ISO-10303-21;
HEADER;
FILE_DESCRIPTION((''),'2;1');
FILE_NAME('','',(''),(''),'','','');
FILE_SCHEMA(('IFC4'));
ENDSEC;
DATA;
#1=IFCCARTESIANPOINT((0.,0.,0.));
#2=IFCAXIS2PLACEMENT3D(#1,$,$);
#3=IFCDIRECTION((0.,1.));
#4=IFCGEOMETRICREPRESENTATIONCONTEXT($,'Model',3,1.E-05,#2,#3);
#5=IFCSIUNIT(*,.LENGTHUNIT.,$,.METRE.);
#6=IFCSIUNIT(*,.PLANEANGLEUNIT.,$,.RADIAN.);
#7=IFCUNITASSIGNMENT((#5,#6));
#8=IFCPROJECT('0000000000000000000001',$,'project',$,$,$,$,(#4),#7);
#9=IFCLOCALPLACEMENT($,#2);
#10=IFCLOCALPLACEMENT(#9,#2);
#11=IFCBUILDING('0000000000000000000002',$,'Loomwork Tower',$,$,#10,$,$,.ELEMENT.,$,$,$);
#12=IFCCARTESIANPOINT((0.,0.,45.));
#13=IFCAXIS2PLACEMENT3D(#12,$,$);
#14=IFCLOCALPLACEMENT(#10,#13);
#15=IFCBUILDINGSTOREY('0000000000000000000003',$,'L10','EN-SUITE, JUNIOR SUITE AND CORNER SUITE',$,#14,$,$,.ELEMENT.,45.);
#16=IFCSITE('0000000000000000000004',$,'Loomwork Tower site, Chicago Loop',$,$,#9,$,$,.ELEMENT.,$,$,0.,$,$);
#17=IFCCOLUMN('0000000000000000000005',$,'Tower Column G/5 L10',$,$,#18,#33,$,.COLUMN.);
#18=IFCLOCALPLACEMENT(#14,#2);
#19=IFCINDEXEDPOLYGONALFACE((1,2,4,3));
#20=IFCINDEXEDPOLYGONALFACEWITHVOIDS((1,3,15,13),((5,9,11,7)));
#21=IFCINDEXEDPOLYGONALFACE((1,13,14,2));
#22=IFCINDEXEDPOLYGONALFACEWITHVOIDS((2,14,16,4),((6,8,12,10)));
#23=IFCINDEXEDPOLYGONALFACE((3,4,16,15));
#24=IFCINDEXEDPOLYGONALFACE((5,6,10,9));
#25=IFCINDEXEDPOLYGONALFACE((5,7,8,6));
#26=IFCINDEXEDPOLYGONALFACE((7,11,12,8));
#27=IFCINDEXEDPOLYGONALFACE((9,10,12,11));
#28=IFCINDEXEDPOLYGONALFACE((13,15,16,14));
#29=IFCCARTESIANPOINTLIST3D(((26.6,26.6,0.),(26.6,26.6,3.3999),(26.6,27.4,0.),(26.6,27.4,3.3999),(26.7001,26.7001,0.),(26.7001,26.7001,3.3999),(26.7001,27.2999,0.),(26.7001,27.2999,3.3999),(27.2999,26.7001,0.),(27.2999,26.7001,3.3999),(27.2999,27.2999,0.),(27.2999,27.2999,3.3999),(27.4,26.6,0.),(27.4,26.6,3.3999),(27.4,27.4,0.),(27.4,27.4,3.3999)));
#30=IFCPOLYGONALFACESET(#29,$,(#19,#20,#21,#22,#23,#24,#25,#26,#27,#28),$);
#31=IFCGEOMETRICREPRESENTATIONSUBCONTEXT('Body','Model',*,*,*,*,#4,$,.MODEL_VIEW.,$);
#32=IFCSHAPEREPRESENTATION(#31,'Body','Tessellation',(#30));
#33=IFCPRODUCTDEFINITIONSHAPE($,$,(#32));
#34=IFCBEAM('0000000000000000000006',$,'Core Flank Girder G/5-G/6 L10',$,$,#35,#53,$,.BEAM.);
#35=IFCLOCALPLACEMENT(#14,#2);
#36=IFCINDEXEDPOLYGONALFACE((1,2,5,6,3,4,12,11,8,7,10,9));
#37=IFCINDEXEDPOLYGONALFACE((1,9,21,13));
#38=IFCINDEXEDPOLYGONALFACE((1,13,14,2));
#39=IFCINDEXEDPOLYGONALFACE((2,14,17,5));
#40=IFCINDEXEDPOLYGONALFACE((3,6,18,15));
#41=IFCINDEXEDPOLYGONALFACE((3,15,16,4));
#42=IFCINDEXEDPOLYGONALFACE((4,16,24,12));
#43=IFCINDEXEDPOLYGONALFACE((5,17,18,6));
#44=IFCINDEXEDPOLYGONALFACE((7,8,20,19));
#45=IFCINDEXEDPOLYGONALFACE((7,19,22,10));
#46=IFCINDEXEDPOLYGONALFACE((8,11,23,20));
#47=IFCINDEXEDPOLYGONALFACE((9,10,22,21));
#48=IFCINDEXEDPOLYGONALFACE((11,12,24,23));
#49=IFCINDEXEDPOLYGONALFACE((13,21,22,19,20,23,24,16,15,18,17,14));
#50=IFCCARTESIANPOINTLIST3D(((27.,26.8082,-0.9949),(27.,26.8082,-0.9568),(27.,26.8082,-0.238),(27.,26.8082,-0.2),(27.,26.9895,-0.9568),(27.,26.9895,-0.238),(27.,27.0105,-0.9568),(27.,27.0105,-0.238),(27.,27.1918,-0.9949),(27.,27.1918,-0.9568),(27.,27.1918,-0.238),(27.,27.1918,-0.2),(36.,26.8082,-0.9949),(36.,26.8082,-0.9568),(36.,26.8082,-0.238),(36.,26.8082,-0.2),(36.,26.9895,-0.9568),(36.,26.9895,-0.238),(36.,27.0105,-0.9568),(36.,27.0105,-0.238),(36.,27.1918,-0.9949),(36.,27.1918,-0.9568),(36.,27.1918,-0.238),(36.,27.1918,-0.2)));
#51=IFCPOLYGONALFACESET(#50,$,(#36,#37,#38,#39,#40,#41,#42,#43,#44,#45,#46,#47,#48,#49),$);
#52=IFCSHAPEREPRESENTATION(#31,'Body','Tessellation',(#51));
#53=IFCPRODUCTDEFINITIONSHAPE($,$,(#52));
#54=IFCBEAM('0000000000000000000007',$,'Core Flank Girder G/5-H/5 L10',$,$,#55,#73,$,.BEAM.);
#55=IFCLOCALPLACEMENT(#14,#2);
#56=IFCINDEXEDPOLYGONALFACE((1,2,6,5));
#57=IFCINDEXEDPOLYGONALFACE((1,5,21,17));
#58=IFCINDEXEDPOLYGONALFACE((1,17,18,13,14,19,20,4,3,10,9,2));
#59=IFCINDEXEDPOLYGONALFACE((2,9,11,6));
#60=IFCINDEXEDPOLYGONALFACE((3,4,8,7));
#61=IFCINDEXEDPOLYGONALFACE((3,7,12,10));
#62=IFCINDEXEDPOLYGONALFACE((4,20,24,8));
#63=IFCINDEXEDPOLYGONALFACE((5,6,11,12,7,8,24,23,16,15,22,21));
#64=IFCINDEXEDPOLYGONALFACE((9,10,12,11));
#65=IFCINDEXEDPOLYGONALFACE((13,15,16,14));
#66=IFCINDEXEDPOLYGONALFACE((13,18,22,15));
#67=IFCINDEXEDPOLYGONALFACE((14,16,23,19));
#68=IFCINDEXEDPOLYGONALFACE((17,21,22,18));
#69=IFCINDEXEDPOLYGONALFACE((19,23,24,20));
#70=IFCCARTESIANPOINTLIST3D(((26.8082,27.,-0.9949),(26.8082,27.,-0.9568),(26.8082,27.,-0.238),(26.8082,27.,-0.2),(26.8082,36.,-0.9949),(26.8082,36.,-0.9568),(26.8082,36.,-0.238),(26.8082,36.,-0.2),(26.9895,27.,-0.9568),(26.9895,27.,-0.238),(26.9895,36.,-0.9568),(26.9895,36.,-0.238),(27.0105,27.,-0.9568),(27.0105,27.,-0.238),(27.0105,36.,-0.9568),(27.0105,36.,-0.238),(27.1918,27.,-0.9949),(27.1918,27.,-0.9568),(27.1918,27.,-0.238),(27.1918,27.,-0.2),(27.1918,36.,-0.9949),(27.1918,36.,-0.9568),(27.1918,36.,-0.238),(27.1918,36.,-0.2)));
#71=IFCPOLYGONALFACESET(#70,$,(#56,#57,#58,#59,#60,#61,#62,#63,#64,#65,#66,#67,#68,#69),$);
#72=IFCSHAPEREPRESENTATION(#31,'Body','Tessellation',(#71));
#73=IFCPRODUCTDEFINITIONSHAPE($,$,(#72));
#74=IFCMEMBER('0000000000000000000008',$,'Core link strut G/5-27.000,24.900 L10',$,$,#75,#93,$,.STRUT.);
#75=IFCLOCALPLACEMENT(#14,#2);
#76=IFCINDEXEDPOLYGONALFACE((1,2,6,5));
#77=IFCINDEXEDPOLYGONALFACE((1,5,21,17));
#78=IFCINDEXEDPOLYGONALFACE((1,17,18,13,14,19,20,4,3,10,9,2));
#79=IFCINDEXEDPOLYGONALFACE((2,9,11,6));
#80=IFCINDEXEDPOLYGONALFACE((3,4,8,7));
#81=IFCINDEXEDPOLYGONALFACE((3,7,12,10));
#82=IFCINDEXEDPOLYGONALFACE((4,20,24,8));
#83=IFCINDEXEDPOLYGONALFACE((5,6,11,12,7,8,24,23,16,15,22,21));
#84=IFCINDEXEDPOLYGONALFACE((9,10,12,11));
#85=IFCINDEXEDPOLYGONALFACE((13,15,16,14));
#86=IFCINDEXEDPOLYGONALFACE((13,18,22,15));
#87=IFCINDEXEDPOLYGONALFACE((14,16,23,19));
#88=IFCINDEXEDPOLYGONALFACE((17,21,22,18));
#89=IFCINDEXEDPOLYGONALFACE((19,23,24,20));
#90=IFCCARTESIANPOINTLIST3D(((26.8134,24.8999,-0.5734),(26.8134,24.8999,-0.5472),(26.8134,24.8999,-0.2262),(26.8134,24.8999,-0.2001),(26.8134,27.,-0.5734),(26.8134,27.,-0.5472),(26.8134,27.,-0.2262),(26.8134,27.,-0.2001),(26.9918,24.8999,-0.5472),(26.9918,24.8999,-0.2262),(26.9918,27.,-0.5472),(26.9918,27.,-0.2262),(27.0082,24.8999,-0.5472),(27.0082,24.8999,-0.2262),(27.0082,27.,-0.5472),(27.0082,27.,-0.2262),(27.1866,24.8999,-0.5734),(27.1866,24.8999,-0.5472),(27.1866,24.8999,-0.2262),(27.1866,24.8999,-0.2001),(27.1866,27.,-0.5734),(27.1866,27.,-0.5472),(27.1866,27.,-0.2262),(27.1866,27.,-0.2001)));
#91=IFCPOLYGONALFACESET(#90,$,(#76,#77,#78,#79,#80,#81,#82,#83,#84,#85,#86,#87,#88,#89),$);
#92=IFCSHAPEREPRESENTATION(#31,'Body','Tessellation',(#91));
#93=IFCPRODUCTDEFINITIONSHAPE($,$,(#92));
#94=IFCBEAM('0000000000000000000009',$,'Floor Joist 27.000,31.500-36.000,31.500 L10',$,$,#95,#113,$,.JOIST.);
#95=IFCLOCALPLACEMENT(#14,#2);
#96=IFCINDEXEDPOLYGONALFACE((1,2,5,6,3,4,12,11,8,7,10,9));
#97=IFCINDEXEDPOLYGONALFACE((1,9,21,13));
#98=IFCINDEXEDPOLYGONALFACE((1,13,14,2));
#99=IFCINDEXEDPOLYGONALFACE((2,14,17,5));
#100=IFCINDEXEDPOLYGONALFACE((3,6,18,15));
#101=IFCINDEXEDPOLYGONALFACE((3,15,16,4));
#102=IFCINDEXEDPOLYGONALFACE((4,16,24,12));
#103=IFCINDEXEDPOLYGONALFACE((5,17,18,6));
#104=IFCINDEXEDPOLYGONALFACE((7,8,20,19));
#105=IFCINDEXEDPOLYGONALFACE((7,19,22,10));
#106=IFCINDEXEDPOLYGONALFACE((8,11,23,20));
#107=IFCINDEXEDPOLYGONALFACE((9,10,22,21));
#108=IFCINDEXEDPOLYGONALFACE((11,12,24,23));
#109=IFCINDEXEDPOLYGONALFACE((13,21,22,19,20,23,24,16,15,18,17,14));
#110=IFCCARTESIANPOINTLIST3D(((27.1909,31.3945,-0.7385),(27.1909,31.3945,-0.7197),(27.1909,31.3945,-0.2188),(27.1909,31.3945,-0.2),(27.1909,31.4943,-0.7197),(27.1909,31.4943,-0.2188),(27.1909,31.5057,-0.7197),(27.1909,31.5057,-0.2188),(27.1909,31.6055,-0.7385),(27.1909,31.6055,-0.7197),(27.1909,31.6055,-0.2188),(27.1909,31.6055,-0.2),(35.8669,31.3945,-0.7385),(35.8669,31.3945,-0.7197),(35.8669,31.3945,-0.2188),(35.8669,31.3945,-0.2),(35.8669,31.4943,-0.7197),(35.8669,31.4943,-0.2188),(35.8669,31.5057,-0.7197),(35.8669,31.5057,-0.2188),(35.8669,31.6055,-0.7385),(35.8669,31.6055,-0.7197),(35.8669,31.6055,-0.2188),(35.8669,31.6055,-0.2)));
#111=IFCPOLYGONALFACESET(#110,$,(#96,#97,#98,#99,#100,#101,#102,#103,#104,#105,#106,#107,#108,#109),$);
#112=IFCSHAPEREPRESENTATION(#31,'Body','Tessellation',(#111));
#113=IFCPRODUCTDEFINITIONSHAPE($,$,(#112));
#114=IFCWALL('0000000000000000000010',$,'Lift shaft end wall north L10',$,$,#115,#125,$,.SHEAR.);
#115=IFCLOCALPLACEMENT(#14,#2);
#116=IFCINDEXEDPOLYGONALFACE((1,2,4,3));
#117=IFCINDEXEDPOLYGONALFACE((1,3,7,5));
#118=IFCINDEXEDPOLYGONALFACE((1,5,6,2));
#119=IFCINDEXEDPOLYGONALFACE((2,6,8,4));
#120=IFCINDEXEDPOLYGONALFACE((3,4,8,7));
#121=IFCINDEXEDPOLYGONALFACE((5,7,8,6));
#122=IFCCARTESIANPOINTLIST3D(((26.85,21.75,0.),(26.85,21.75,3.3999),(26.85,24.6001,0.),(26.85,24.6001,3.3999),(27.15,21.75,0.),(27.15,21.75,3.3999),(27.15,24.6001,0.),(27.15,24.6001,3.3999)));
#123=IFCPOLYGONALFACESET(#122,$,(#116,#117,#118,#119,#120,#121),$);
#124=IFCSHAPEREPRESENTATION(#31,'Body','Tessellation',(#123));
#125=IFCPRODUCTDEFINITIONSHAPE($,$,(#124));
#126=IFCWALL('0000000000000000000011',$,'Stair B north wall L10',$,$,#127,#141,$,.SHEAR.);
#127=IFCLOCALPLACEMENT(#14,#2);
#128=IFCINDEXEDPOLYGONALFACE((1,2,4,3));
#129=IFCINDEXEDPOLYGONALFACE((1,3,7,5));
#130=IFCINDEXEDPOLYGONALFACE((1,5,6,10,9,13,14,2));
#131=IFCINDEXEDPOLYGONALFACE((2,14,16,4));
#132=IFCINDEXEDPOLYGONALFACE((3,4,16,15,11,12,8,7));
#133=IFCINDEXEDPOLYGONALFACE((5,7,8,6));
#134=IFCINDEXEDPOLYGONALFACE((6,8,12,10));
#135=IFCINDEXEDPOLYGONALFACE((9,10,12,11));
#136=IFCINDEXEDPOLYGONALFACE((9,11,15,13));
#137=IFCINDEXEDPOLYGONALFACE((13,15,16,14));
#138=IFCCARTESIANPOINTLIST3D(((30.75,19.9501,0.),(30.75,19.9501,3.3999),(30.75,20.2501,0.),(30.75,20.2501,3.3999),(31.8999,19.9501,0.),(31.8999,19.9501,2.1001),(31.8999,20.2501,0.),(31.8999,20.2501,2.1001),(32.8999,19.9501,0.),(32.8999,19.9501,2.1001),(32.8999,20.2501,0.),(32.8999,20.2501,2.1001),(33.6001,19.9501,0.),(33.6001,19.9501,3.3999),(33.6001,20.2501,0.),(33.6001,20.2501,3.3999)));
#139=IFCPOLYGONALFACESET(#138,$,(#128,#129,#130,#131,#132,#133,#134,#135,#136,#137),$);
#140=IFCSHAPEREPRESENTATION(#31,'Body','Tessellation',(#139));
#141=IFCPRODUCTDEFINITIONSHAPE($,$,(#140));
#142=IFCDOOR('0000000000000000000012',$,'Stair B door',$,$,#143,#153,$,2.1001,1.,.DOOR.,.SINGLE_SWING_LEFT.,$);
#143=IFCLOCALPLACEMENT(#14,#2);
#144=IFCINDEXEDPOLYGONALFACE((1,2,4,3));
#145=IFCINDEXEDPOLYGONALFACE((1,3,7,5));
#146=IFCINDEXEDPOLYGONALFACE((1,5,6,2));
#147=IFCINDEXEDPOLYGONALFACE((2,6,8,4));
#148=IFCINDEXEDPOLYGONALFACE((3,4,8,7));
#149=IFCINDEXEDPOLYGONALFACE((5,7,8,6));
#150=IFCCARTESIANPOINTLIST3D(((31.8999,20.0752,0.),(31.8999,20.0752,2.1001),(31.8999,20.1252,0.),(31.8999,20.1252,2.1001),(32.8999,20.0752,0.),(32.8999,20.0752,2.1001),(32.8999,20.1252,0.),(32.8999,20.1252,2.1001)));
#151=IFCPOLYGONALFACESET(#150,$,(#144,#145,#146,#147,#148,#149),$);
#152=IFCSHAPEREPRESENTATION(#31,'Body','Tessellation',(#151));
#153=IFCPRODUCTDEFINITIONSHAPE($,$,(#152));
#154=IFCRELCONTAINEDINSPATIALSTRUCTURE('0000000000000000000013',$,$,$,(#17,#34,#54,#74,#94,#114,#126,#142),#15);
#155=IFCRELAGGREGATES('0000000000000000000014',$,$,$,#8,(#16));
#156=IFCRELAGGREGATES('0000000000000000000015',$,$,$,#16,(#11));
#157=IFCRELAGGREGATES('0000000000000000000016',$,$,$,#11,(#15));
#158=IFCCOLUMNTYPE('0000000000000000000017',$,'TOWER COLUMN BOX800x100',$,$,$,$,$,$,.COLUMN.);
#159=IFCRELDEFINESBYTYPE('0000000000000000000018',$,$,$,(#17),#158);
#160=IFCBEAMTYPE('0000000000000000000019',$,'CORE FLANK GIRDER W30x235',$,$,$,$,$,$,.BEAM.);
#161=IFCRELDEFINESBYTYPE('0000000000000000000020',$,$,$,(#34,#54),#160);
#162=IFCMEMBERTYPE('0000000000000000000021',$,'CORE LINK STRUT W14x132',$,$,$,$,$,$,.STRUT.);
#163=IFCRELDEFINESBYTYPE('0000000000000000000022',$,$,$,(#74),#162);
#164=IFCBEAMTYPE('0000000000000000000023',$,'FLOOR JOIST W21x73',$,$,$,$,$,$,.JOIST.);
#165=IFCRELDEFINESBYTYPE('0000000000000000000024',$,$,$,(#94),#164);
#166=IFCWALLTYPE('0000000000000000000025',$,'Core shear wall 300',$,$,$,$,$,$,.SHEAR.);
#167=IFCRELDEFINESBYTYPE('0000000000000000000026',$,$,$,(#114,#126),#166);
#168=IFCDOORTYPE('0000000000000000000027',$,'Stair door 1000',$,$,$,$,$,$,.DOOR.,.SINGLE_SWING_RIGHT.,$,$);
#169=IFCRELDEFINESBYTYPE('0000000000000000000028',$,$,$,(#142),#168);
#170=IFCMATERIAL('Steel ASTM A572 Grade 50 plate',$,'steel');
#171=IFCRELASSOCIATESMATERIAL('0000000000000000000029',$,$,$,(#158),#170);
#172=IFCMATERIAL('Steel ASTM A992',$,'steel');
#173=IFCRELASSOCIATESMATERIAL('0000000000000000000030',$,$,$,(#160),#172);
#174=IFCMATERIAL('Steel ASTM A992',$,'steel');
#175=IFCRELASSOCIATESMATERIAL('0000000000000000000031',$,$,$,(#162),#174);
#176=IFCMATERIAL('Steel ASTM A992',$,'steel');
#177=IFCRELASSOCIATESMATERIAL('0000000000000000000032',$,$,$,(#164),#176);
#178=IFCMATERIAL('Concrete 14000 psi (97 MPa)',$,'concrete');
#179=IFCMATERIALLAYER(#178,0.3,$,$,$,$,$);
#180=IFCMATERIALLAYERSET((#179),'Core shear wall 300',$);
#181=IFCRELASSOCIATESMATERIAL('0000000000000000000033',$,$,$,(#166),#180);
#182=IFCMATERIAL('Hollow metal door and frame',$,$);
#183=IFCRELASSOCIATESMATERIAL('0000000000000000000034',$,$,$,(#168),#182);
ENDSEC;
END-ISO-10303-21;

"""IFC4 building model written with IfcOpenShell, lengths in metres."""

from ifc_helpers import new_model, si_unit, direction, frame, frame_2d, origin, origin_2d, place, context, subcontext, project, spatial, rectangle, hollow_rectangle, i_section, extrude, material, layer, layer_set, material_profile, profile_set, type_object, element, fill, save


model = new_model("IFC4")

# Units and contexts
model_context = context("Model", 3, precision=1e-05, world=origin(), true_north=direction((0.0, 1.0)))
body_context = subcontext(model_context, "Body", "Model", "MODEL_VIEW")
ifc_project = project(units=[si_unit("LENGTHUNIT", "METRE"), si_unit("PLANEANGLEUNIT", "RADIAN")], contexts=[model_context])

# Site, building, storey
site_placement = place(None, origin())
site = spatial("IfcSite", under=ifc_project, at=site_placement, Name="Loomwork Tower site, Chicago Loop", CompositionType="ELEMENT", RefElevation=0.0)
building_placement = place(site_placement, origin())
building = spatial("IfcBuilding", under=site, at=building_placement, Name="Loomwork Tower", CompositionType="ELEMENT")
storey_placement = place(building_placement, frame((0.0, 0.0, 45.0)))
storey = spatial("IfcBuildingStorey", under=building, at=storey_placement, Name="L10", Description="EN-SUITE, JUNIOR SUITE AND CORNER SUITE", CompositionType="ELEMENT", Elevation=45.0)

# Column
ifc_material_1 = material(Name="Steel ASTM A572 Grade 50 plate", Category="steel")
ifc_material_profile_1 = material_profile(ifc_material_1, hollow_rectangle(XDim=0.8, YDim=0.8, WallThickness=0.1001, at=origin_2d()), Name="BOX800x100")
ifc_profile_set_1 = profile_set([ifc_material_profile_1], Name="Steel ASTM A572 Grade 50 plate")
column_type = type_object("IfcColumnType", Name="TOWER COLUMN BOX800x100", PredefinedType="COLUMN", material=ifc_profile_set_1)
column_placement = place(storey_placement, frame((27.0, 27.0, 0.0), z_axis=(0.0, 0.0, 1.0), x_axis=(1.0, 0.0, 0.0)))
element("IfcColumn", 1, at=column_placement, inside=storey, type_object=column_type, Name="Tower Column G/5 L10", PredefinedType="COLUMN", context=body_context, shape_type="SweptSolid", body=[
    extrude(hollow_rectangle(XDim=0.8, YDim=0.8, WallThickness=0.1001, at=origin_2d()), origin(), (0.0, 0.0, 1.0), 3.3999),
])

# Beams
ifc_material_2 = material(Name="Steel ASTM A992", Category="steel")
ifc_material_profile_2 = material_profile(ifc_material_2, i_section(OverallWidth=0.3835, OverallDepth=0.7949, WebThickness=0.021, FlangeThickness=0.0381, at=origin_2d()), Name="W30x235")
ifc_profile_set_2 = profile_set([ifc_material_profile_2], Name="Steel ASTM A992")
beam_type_1 = type_object("IfcBeamType", Name="CORE FLANK GIRDER W30x235", PredefinedType="BEAM", material=ifc_profile_set_2)
for number, where, z_axis, x_axis, name in (
    (2, (27.0, 27.0, -0.5974), (1.0, 0.0, 0.0), (0.0, 1.0, 0.0), "Core Flank Girder G/5-G/6 L10"),
    (3, (27.0, 27.0, -0.5974), (0.0, 1.0, 0.0), (-1.0, 0.0, 0.0), "Core Flank Girder G/5-H/5 L10"),
):
    element("IfcBeam", number, at=place(storey_placement, frame(where, z_axis=z_axis, x_axis=x_axis)), inside=storey, type_object=beam_type_1, Name=name, PredefinedType="BEAM", context=body_context, shape_type="SweptSolid", body=[
        extrude(i_section(OverallWidth=0.3835, OverallDepth=0.7949, WebThickness=0.021, FlangeThickness=0.0381, at=origin_2d()), origin(), (0.0, 0.0, 1.0), 9.0),
    ])

# Member
ifc_material_3 = material(Name="Steel ASTM A992", Category="steel")
ifc_material_profile_3 = material_profile(ifc_material_3, i_section(OverallWidth=0.3733, OverallDepth=0.3733, WebThickness=0.0164, FlangeThickness=0.0261, at=origin_2d()), Name="W14x132")
ifc_profile_set_3 = profile_set([ifc_material_profile_3], Name="Steel ASTM A992")
member_type = type_object("IfcMemberType", Name="CORE LINK STRUT W14x132", PredefinedType="STRUT", material=ifc_profile_set_3)
member_placement = place(storey_placement, frame((27.0, 27.0, -0.3867), z_axis=(0.0, -1.0, 0.0), x_axis=(1.0, 0.0, 0.0)))
element("IfcMember", 4, at=member_placement, inside=storey, type_object=member_type, Name="Core link strut G/5-27.000,24.900 L10", PredefinedType="STRUT", context=body_context, shape_type="SweptSolid", body=[
    extrude(i_section(OverallWidth=0.3733, OverallDepth=0.3733, WebThickness=0.0164, FlangeThickness=0.0261, at=origin_2d()), origin(), (0.0, 0.0, 1.0), 2.1001),
])

# Beam
ifc_material_4 = material(Name="Steel ASTM A992", Category="steel")
ifc_material_profile_4 = material_profile(ifc_material_4, i_section(OverallWidth=0.2109, OverallDepth=0.5386, WebThickness=0.0115, FlangeThickness=0.0188, at=origin_2d()), Name="W21x73")
ifc_profile_set_4 = profile_set([ifc_material_profile_4], Name="Steel ASTM A992")
beam_type_2 = type_object("IfcBeamType", Name="FLOOR JOIST W21x73", PredefinedType="JOIST", material=ifc_profile_set_4)
beam_placement = place(storey_placement, frame((27.1909, 31.5, -0.4692), z_axis=(1.0, 0.0, 0.0), x_axis=(0.0, 1.0, 0.0)))
element("IfcBeam", 5, at=beam_placement, inside=storey, type_object=beam_type_2, Name="Floor Joist 27.000,31.500-36.000,31.500 L10", PredefinedType="JOIST", context=body_context, shape_type="SweptSolid", body=[
    extrude(i_section(OverallWidth=0.2109, OverallDepth=0.5386, WebThickness=0.0115, FlangeThickness=0.0188, at=origin_2d()), origin(), (0.0, 0.0, 1.0), 8.676),
])

# Wall
ifc_material_5 = material(Name="Concrete 14000 psi (97 MPa)", Category="concrete")
ifc_layer_1 = layer(ifc_material_5, 0.3)
ifc_layer_set_1 = layer_set([ifc_layer_1], Name="Core shear wall 300")
wall_type_1 = type_object("IfcWallType", Name="Core shear wall 300", PredefinedType="SHEAR", material=ifc_layer_set_1)
wall_1_placement = place(storey_placement, frame((27.0, 21.75, 0.0), z_axis=(0.0, 0.0, 1.0), x_axis=(0.0, 1.0, 0.0)))
element("IfcWall", 6, at=wall_1_placement, inside=storey, type_object=wall_type_1, Name="Lift shaft end wall north L10", PredefinedType="SHEAR", context=body_context, shape_type="SweptSolid", body=[
    extrude(rectangle(XDim=2.8501, YDim=0.3, at=frame_2d((1.425, 0.0))), origin(), (0.0, 0.0, 1.0), 3.3999),
])

# Wall, opening, door
wall_2_placement = place(storey_placement, frame((30.75, 20.1001, 0.0), z_axis=(0.0, 0.0, 1.0), x_axis=(1.0, 0.0, 0.0)))
wall_2 = element("IfcWall", 7, at=wall_2_placement, inside=storey, type_object=wall_type_1, Name="Stair B north wall L10", PredefinedType="SHEAR", context=body_context, shape_type="SweptSolid", body=[
    extrude(rectangle(XDim=2.8501, YDim=0.3, at=frame_2d((1.425, 0.0))), origin(), (0.0, 0.0, 1.0), 3.3999),
])
opening_1_placement = place(wall_2_placement, frame((1.1499, 0.0, 0.0)))
opening_1 = element("IfcOpeningElement", 8, at=opening_1_placement, cuts=wall_2, PredefinedType="OPENING", context=body_context, shape_type="SweptSolid", body=[
    extrude(rectangle(XDim=1.0, YDim=2.1001, at=frame_2d((0.5, 1.05))), frame((0.0, 0.1599, 0.0), z_axis=(0.0, -1.0, 0.0), x_axis=(1.0, 0.0, 0.0)), (0.0, 0.0, 1.0), 0.3201),
])
ifc_material_6 = material(Name="Hollow metal door and frame")
door_type_1 = type_object("IfcDoorType", Name="Stair door 1000", OperationType="SINGLE_SWING_RIGHT", PredefinedType="DOOR", material=ifc_material_6)
door_1_placement = place(opening_1_placement, frame((1.0, 0.0, 0.0), z_axis=(0.0, 0.0, 1.0), x_axis=(-1.0, 0.0, 0.0)))
door_1 = element("IfcDoor", 9, at=door_1_placement, inside=storey, type_object=door_type_1, Name="Stair B door", OperationType="SINGLE_SWING_LEFT", OverallHeight=2.1001, OverallWidth=1.0, PredefinedType="DOOR", context=body_context, shape_type="SweptSolid", body=[
    extrude(rectangle(XDim=1.0, YDim=2.1001, at=frame_2d((0.5, 1.05))), frame((0.0, 0.0249, 0.0), z_axis=(0.0, -1.0, 0.0), x_axis=(1.0, 0.0, 0.0)), (0.0, 0.0, 1.0), 0.05),
])
fill(opening_1, door_1)

save(model, "model.ifc")
